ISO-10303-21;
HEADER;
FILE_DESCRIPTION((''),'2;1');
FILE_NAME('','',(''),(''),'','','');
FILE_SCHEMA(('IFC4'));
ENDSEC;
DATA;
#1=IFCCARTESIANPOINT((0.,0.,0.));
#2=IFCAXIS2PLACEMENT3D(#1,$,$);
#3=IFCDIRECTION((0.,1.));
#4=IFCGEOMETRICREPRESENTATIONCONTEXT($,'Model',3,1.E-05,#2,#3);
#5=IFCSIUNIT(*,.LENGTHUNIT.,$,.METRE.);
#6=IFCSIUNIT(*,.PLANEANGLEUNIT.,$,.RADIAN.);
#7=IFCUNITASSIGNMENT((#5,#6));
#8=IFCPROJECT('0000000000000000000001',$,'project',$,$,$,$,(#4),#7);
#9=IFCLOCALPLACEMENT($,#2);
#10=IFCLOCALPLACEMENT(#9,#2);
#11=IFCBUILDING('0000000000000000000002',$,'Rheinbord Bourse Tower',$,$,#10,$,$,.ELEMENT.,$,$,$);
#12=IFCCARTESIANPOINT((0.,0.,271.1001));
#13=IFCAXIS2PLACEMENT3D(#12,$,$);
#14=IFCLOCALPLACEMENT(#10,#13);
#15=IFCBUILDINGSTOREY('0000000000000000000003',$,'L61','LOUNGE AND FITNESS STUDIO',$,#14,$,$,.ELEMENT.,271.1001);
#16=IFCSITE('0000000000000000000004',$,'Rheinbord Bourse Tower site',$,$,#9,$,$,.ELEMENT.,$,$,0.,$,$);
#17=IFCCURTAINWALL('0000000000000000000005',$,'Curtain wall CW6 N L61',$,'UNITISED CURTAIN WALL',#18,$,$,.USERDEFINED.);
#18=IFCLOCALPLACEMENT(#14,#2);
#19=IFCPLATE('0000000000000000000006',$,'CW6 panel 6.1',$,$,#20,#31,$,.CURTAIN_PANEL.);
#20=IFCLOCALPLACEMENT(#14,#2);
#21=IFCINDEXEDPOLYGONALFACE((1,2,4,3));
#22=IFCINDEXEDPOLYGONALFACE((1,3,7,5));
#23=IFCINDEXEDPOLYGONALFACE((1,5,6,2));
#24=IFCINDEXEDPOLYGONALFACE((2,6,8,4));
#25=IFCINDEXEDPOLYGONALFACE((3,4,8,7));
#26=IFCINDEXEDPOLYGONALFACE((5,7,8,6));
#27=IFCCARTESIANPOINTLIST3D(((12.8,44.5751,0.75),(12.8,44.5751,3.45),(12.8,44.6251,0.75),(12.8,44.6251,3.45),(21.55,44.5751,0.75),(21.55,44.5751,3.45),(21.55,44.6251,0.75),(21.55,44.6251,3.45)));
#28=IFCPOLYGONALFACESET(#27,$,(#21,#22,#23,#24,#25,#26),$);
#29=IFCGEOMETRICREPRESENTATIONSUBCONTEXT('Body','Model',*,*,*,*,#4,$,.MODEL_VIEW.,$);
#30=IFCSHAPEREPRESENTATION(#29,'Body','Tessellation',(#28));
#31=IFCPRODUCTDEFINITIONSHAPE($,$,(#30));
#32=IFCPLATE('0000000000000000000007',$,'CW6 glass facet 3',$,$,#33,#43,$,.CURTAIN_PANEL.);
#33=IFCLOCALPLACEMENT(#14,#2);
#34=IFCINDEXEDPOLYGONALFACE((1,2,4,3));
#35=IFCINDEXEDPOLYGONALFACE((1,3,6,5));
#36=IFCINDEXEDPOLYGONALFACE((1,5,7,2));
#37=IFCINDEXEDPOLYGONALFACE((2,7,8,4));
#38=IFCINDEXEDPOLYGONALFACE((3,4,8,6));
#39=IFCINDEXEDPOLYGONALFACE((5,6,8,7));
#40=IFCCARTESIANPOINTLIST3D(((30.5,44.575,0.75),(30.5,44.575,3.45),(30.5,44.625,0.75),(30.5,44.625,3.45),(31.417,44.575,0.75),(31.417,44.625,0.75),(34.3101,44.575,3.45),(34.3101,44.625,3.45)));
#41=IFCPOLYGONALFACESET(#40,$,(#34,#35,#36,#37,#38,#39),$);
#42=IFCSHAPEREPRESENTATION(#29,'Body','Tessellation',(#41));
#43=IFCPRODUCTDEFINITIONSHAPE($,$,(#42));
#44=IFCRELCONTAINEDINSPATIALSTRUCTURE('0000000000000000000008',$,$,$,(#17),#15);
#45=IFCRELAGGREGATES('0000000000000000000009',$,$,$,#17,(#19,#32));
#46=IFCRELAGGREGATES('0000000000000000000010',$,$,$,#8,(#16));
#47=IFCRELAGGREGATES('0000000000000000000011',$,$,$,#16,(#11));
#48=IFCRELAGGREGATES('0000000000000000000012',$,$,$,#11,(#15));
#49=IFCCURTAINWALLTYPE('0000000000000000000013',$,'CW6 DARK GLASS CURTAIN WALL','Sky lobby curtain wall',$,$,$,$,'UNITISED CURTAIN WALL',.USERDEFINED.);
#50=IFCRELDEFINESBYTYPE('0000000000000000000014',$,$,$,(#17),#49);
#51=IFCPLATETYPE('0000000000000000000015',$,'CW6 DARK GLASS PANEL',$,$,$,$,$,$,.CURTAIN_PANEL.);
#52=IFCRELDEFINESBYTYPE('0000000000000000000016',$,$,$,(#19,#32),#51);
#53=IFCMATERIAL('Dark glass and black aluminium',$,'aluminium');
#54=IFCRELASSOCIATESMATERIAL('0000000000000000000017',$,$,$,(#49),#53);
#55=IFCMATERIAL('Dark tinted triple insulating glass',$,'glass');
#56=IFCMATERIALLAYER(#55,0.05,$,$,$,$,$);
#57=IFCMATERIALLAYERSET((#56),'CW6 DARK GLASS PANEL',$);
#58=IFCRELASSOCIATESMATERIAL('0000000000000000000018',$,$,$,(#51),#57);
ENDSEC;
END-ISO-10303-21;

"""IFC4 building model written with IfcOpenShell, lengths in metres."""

from ifc_helpers import new_model, si_unit, direction, frame, origin, origin_2d, place, context, subcontext, project, spatial, polyline, rectangle, outline, extrude, material, layer, layer_set, type_object, element, aggregate, save


model = new_model("IFC4")

# Units and contexts
model_context = context("Model", 3, precision=1e-05, world=origin(), true_north=direction((0.0, 1.0)))
body_context = subcontext(model_context, "Body", "Model", "MODEL_VIEW")
ifc_project = project(units=[si_unit("LENGTHUNIT", "METRE"), si_unit("PLANEANGLEUNIT", "RADIAN")], contexts=[model_context])

# Site, building, storey
site_placement = place(None, origin())
site = spatial("IfcSite", under=ifc_project, at=site_placement, Name="Rheinbord Bourse Tower site", CompositionType="ELEMENT", RefElevation=0.0)
building_placement = place(site_placement, origin())
building = spatial("IfcBuilding", under=site, at=building_placement, Name="Rheinbord Bourse Tower", CompositionType="ELEMENT")
storey_placement = place(building_placement, frame((0.0, 0.0, 271.1001)))
storey = spatial("IfcBuildingStorey", under=building, at=storey_placement, Name="L61", Description="LOUNGE AND FITNESS STUDIO", CompositionType="ELEMENT", Elevation=271.1001)

# Curtain wall
ifc_material_1 = material(Name="Dark glass and black aluminium", Category="aluminium")
curtain_wall_type = type_object("IfcCurtainWallType", Name="CW6 DARK GLASS CURTAIN WALL", Description="Sky lobby curtain wall", ElementType="UNITISED CURTAIN WALL", PredefinedType="USERDEFINED", material=ifc_material_1)
curtain_wall_placement = place(storey_placement, origin())
curtain_wall = element("IfcCurtainWall", 1, at=curtain_wall_placement, inside=storey, type_object=curtain_wall_type, Name="Curtain wall CW6 N L61", ObjectType="UNITISED CURTAIN WALL", PredefinedType="USERDEFINED")

# Plates
ifc_material_2 = material(Name="Dark tinted triple insulating glass", Category="glass")
ifc_layer = layer(ifc_material_2, 0.05)
ifc_layer_set = layer_set([ifc_layer], Name="CW6 DARK GLASS PANEL")
plate_type = type_object("IfcPlateType", Name="CW6 DARK GLASS PANEL", PredefinedType="CURTAIN_PANEL", material=ifc_layer_set)
plate_1_placement = place(storey_placement, frame((17.175, 44.6001, 0.75), z_axis=(0.0, 0.0, 1.0), x_axis=(-1.0, 0.0, 0.0)))
plate_1 = element("IfcPlate", 2, at=plate_1_placement, type_object=plate_type, Name="CW6 panel 6.1", PredefinedType="CURTAIN_PANEL", context=body_context, shape_type="SweptSolid", body=[
    extrude(rectangle(XDim=8.75, YDim=0.05, at=origin_2d()), origin(), (0.0, 0.0, 1.0), 2.7),
])
plate_2_placement = place(storey_placement, frame((30.5, 44.625, 3.45), z_axis=(0.0, -1.0, 0.0), x_axis=(0.0, 0.0, -1.0)))
plate_2 = element("IfcPlate", 3, at=plate_2_placement, type_object=plate_type, Name="CW6 glass facet 3", PredefinedType="CURTAIN_PANEL", context=body_context, shape_type="SweptSolid", body=[
    extrude(outline(polyline([(0.0, 0.0), (2.7, 0.0), (2.7, 0.917), (0.0, 3.8101), (0.0, 0.0)])), origin(), (0.0, 0.0, 1.0), 0.05),
])
aggregate(curtain_wall, [plate_1, plate_2])

save(model, "model.ifc")
